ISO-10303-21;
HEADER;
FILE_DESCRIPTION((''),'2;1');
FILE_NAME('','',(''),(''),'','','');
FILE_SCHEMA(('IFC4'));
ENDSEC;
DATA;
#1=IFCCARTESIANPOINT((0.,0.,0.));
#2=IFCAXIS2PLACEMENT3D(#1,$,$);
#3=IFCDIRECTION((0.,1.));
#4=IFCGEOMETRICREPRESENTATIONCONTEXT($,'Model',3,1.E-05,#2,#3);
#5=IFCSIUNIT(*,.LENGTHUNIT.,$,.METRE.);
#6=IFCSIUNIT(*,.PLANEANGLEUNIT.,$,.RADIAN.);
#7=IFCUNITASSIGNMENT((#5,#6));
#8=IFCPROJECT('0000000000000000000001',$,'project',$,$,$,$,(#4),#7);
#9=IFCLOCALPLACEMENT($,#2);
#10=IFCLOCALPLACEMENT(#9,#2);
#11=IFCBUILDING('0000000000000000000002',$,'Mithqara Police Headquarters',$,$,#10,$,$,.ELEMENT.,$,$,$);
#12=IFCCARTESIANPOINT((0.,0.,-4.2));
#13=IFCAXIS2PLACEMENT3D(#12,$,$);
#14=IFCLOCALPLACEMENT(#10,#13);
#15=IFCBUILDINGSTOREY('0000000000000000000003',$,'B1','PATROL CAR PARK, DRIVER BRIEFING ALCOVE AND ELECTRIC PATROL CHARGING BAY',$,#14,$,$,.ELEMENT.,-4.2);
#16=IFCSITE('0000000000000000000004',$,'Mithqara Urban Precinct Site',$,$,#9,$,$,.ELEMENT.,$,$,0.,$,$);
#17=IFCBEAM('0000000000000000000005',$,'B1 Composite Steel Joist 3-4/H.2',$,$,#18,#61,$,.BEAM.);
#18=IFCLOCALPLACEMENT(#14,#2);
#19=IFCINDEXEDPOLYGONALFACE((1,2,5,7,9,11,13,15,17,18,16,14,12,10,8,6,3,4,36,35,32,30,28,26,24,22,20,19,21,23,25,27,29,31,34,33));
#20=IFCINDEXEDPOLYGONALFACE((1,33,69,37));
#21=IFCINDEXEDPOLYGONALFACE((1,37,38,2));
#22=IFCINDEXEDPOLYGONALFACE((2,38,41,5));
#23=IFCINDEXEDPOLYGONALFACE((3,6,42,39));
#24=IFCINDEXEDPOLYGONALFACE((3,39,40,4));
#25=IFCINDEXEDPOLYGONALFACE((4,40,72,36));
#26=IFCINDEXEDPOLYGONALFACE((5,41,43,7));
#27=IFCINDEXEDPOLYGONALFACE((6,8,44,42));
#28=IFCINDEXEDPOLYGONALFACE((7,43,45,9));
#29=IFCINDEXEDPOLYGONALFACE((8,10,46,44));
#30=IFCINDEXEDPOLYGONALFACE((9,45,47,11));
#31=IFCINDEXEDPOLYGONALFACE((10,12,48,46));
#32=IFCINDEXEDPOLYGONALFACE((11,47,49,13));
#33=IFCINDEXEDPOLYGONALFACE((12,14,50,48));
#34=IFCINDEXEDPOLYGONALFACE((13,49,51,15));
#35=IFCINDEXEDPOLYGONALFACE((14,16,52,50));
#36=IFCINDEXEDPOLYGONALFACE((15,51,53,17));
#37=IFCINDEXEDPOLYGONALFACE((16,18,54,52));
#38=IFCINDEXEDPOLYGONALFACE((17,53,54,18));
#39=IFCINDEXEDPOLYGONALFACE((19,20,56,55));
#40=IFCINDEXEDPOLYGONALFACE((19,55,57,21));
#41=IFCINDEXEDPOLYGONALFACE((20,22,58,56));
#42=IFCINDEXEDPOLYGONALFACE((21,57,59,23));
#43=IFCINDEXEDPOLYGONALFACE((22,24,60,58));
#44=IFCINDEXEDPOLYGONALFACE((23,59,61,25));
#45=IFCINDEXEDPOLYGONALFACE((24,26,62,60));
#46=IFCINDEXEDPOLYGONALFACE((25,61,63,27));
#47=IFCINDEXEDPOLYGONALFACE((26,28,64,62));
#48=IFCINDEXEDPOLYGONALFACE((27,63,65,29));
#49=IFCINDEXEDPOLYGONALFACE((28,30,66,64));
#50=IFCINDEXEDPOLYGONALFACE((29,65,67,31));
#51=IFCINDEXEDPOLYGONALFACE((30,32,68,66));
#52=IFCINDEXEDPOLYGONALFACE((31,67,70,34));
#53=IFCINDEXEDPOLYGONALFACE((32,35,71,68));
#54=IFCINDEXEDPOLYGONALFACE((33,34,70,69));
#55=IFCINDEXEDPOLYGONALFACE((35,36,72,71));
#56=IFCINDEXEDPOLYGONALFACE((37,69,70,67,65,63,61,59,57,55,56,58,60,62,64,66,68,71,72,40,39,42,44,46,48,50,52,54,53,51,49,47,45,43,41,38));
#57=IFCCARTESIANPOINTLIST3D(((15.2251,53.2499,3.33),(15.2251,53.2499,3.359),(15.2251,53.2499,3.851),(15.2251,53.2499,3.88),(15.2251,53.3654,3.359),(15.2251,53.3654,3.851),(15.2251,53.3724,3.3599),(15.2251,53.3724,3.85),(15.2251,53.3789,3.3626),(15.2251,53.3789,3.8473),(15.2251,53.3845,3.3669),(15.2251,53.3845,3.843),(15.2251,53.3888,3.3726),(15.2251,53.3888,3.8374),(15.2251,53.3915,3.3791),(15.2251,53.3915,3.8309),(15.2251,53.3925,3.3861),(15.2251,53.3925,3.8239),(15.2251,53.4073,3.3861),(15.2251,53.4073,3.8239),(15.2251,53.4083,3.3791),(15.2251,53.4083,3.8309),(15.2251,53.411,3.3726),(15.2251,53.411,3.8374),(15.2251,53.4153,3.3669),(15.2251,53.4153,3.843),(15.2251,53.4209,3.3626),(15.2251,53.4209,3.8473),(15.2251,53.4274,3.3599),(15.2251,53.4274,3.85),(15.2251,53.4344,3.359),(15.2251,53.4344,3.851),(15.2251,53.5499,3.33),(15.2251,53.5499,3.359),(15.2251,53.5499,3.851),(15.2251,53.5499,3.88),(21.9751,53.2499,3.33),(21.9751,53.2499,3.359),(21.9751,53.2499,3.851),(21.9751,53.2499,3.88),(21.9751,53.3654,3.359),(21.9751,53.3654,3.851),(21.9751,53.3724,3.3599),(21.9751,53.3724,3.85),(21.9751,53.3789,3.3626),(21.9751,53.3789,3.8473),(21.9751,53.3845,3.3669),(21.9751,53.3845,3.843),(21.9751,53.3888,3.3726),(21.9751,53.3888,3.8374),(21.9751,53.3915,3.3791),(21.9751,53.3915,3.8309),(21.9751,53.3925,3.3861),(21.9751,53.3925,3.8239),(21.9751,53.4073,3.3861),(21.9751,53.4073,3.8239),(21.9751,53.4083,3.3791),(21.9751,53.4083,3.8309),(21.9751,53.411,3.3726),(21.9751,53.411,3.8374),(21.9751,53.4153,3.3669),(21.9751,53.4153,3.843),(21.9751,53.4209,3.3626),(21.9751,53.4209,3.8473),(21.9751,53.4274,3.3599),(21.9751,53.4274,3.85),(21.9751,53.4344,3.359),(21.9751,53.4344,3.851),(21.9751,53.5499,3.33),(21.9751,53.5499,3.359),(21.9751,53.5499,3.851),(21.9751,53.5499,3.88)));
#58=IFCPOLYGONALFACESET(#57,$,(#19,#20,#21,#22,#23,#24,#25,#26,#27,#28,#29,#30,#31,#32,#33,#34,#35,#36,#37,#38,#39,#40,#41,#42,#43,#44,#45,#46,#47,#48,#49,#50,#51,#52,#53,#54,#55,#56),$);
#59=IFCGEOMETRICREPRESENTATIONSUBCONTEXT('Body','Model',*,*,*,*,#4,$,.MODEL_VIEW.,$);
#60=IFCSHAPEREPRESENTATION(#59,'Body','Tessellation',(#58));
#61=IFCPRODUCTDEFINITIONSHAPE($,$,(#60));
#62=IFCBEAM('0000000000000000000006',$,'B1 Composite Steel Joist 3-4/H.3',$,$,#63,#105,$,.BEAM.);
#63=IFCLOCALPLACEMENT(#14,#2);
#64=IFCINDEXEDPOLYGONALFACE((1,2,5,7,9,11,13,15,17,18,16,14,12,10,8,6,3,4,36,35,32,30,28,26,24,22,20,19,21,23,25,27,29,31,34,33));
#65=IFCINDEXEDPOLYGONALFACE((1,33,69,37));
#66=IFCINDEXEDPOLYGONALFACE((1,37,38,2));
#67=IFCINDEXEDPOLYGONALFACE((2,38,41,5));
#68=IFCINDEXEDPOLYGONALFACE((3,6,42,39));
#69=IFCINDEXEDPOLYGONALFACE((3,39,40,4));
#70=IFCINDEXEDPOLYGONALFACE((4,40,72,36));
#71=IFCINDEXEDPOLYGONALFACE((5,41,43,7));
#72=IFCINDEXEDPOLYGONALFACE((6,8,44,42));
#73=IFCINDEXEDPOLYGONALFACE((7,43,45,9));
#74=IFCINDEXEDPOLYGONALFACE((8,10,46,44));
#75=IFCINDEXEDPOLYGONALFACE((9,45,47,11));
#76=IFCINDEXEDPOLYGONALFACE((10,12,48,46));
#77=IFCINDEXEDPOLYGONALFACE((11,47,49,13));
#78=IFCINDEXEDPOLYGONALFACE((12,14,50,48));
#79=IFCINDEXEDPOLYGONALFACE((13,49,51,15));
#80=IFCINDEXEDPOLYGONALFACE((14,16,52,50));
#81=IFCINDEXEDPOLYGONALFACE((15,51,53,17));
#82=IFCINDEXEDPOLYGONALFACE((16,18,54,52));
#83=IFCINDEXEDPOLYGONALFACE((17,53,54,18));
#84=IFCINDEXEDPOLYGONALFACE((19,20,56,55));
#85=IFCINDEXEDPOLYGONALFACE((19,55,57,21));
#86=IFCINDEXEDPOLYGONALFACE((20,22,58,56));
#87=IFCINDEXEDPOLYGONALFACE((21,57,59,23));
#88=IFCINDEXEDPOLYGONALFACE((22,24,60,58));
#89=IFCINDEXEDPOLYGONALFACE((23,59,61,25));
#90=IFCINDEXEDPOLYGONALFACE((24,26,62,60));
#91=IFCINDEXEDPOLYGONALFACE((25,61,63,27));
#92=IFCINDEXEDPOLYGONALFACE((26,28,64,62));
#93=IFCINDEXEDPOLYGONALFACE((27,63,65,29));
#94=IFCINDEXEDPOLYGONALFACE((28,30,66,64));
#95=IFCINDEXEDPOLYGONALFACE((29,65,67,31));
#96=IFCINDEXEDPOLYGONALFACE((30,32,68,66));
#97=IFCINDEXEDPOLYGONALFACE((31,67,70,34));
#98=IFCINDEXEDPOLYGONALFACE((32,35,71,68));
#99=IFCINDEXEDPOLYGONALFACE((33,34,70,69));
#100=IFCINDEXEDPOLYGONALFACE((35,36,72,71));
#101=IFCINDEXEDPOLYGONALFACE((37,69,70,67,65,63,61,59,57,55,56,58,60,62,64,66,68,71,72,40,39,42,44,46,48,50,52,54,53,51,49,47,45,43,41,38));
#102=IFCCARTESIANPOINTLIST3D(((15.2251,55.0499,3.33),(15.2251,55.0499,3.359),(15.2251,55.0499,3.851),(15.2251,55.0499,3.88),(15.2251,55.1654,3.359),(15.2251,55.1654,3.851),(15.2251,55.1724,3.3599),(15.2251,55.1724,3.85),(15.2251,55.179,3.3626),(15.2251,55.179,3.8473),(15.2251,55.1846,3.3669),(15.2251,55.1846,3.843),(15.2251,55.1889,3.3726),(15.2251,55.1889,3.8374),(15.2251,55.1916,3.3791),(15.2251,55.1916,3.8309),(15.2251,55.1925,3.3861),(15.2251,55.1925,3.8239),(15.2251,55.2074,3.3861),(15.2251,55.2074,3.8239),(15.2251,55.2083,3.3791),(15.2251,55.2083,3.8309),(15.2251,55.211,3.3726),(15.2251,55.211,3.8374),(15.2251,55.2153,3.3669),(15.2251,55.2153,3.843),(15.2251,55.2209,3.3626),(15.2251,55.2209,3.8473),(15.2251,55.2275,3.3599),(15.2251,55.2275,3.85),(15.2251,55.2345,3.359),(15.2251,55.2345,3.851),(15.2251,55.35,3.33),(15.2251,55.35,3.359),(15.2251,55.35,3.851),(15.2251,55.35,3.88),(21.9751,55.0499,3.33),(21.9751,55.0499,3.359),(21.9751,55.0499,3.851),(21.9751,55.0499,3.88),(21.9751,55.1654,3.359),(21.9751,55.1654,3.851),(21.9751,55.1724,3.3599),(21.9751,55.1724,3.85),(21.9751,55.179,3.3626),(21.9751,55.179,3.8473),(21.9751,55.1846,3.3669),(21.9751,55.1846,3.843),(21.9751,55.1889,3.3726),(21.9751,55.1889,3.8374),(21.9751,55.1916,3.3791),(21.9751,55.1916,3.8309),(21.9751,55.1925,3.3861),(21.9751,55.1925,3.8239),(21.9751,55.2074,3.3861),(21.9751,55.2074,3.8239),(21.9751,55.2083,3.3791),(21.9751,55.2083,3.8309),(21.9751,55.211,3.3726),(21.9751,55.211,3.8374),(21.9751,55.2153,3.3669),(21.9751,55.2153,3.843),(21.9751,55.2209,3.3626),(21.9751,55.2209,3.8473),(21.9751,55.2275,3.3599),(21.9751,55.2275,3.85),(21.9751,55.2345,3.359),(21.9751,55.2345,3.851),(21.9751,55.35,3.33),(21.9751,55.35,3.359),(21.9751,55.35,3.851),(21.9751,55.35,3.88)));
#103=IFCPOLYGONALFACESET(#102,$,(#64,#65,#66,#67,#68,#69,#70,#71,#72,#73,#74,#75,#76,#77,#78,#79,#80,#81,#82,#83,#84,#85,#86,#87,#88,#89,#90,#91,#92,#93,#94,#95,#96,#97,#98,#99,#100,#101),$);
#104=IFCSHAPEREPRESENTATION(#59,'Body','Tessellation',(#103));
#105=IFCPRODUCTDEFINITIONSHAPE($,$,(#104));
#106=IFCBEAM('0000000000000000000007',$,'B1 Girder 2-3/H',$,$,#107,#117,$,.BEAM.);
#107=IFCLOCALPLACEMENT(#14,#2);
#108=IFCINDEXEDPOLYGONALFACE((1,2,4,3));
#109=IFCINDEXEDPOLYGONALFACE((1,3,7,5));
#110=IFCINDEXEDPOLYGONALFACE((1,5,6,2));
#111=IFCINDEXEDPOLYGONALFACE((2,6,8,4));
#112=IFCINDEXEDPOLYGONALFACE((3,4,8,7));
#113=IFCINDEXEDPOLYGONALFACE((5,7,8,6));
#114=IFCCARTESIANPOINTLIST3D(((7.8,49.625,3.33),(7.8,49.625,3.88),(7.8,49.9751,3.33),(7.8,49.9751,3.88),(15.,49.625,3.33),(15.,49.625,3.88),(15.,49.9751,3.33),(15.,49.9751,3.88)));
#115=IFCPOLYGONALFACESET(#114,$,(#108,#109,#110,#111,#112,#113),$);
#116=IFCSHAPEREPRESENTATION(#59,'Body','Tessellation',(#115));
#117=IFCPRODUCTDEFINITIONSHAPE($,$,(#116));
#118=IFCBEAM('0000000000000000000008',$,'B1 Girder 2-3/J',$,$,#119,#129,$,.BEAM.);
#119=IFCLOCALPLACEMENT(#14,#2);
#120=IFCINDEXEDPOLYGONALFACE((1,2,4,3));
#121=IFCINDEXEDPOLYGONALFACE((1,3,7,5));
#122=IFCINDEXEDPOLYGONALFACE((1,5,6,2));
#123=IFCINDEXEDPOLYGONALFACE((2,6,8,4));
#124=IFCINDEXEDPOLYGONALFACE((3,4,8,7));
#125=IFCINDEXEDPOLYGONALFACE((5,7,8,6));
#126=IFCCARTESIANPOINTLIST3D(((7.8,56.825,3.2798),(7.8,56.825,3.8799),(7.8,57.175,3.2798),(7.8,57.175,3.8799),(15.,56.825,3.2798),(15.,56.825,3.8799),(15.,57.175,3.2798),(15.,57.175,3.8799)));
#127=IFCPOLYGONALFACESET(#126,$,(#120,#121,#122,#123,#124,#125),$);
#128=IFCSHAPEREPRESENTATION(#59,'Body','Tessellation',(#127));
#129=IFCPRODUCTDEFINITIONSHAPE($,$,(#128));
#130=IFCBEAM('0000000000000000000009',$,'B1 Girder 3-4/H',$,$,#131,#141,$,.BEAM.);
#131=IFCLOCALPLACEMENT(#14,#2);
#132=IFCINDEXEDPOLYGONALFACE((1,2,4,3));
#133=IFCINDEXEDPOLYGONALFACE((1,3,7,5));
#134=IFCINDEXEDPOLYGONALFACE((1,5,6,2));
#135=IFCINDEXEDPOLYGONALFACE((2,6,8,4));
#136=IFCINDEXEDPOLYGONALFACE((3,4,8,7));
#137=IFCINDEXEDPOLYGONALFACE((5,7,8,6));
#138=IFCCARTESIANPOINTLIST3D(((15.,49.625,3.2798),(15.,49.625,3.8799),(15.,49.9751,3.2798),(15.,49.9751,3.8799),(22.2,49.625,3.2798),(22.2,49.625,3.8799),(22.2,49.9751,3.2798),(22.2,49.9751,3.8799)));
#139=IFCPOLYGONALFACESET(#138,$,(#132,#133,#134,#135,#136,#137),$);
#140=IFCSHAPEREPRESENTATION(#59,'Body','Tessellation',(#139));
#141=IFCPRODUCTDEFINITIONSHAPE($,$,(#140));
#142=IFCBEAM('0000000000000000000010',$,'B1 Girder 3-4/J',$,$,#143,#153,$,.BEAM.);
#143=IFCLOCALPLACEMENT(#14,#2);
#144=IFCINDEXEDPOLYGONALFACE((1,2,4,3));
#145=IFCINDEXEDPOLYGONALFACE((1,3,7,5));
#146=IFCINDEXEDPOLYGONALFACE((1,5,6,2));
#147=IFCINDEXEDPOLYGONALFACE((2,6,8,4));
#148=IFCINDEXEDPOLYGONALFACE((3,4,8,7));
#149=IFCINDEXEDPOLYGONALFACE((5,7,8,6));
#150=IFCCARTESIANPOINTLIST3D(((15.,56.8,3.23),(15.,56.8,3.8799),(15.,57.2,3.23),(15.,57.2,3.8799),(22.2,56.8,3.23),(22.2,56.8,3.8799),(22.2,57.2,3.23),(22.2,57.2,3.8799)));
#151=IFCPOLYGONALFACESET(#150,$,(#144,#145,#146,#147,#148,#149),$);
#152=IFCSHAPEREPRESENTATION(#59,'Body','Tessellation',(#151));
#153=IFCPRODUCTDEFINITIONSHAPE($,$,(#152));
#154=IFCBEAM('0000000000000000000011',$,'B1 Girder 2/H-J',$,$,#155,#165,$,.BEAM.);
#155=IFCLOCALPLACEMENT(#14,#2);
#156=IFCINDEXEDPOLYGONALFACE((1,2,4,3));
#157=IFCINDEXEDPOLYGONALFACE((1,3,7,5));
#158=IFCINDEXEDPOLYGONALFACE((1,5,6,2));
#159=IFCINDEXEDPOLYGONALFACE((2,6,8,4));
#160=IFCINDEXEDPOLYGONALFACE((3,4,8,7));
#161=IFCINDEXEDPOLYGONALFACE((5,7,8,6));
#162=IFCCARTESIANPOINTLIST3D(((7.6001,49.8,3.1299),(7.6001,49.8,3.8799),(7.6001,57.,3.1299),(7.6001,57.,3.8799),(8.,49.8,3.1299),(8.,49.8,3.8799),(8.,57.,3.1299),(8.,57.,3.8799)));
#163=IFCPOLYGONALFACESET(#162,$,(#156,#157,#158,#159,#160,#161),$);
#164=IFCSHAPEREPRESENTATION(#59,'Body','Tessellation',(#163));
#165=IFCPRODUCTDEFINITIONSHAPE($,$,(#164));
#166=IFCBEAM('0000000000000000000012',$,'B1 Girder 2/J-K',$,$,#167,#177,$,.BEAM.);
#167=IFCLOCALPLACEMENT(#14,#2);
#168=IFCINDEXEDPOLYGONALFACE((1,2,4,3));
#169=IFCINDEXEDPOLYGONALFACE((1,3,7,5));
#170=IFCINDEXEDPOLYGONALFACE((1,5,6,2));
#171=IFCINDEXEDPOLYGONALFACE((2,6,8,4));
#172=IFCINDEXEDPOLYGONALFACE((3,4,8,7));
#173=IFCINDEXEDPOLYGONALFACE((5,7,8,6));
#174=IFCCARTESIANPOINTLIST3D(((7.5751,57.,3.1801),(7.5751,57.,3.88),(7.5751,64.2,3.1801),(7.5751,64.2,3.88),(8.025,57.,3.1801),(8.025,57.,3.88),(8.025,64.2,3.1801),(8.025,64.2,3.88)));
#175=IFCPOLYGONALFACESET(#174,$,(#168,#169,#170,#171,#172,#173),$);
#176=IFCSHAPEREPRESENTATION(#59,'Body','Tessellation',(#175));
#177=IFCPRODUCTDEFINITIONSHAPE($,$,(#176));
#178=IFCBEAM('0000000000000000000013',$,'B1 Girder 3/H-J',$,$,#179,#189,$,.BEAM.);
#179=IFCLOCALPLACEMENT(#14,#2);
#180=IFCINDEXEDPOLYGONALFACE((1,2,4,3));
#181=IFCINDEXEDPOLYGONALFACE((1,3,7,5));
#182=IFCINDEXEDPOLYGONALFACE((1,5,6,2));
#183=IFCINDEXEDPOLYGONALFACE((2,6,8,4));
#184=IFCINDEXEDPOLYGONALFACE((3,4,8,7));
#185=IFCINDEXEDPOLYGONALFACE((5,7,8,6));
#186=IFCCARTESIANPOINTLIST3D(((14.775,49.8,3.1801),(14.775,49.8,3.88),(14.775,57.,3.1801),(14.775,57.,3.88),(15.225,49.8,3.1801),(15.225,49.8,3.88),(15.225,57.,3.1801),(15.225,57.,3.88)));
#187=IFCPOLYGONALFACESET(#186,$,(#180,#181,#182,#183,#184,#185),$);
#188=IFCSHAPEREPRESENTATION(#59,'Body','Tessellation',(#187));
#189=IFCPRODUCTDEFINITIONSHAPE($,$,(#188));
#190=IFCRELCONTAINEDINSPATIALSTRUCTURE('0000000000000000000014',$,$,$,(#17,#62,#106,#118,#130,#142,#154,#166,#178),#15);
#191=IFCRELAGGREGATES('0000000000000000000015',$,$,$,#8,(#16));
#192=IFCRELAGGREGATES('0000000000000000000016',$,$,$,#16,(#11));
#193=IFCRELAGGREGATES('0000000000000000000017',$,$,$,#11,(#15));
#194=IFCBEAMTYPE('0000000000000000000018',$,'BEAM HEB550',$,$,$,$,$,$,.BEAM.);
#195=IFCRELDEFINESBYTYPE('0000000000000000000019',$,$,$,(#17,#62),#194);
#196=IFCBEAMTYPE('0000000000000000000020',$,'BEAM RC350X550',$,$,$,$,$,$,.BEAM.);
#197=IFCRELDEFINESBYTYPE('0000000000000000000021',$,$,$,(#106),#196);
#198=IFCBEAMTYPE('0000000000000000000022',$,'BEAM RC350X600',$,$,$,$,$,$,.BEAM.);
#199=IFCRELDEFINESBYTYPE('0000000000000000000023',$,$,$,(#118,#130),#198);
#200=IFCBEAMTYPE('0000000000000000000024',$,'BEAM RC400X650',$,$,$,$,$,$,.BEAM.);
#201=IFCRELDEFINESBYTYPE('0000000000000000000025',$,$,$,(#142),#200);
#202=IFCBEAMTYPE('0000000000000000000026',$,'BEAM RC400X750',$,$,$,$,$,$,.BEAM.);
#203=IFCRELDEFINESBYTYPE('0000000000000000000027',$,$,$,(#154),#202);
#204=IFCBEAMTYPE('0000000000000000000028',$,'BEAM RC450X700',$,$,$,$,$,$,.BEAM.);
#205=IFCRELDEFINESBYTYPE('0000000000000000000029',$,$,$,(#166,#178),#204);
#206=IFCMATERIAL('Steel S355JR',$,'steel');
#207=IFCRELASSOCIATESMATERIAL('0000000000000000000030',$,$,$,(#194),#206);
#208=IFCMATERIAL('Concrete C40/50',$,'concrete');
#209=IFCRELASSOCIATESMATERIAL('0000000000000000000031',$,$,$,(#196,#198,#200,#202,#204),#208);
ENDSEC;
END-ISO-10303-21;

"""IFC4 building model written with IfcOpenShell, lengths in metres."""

from ifc_helpers import new_model, si_unit, direction, frame, origin, origin_2d, place, context, subcontext, project, spatial, rectangle, i_section, extrude, material, material_profile, profile_set, type_object, element, save


model = new_model("IFC4")

# Units and contexts
model_context = context("Model", 3, precision=1e-05, world=origin(), true_north=direction((0.0, 1.0)))
body_context = subcontext(model_context, "Body", "Model", "MODEL_VIEW")
ifc_project = project(units=[si_unit("LENGTHUNIT", "METRE"), si_unit("PLANEANGLEUNIT", "RADIAN")], contexts=[model_context])

# Site, building, storey
site_placement = place(None, origin())
site = spatial("IfcSite", under=ifc_project, at=site_placement, Name="Mithqara Urban Precinct Site", CompositionType="ELEMENT", RefElevation=0.0)
building_placement = place(site_placement, origin())
building = spatial("IfcBuilding", under=site, at=building_placement, Name="Mithqara Police Headquarters", CompositionType="ELEMENT")
storey_placement = place(building_placement, frame((0.0, 0.0, -4.2)))
storey = spatial("IfcBuildingStorey", under=building, at=storey_placement, Name="B1", Description="PATROL CAR PARK, DRIVER BRIEFING ALCOVE AND ELECTRIC PATROL CHARGING BAY", CompositionType="ELEMENT", Elevation=-4.2)

# Shared definitions
ifc_material_1 = material(Name="Concrete C40/50", Category="concrete")

# Beams
ifc_material_2 = material(Name="Steel S355JR", Category="steel")
ifc_material_profile_1 = material_profile(ifc_material_2, i_section(OverallWidth=0.3, OverallDepth=0.55, WebThickness=0.0149, FlangeThickness=0.0291, FilletRadius=0.0271, at=origin_2d()), Name="HEB 550")
ifc_profile_set_1 = profile_set([ifc_material_profile_1], Name="Steel S355JR")
beam_type_1 = type_object("IfcBeamType", Name="BEAM HEB550", PredefinedType="BEAM", material=ifc_profile_set_1)
for number, where, z_axis, x_axis, name in (
    (1, (15.2251, 53.3999, 3.605), (1.0, 0.0, 0.0), (0.0, 1.0, 0.0), "B1 Composite Steel Joist 3-4/H.2"),
    (2, (15.2251, 55.2, 3.605), (1.0, 0.0, 0.0), (0.0, 1.0, 0.0), "B1 Composite Steel Joist 3-4/H.3"),
):
    element("IfcBeam", number, at=place(storey_placement, frame(where, z_axis=z_axis, x_axis=x_axis)), inside=storey, type_object=beam_type_1, Name=name, PredefinedType="BEAM", context=body_context, shape_type="SweptSolid", body=[
        extrude(i_section(OverallWidth=0.3, OverallDepth=0.55, WebThickness=0.0149, FlangeThickness=0.0291, FilletRadius=0.0271, at=origin_2d()), origin(), (0.0, 0.0, 1.0), 6.75),
    ])
ifc_material_profile_2 = material_profile(ifc_material_1, rectangle(XDim=0.3501, YDim=0.55, at=origin_2d()), Name="RC 350x550")
ifc_profile_set_2 = profile_set([ifc_material_profile_2], Name="Concrete C40/50")
beam_type_2 = type_object("IfcBeamType", Name="BEAM RC350X550", PredefinedType="BEAM", material=ifc_profile_set_2)
beam_1_placement = place(storey_placement, frame((7.8, 49.8, 3.605), z_axis=(1.0, 0.0, 0.0), x_axis=(0.0, 1.0, 0.0)))
element("IfcBeam", 3, at=beam_1_placement, inside=storey, type_object=beam_type_2, Name="B1 Girder 2-3/H", PredefinedType="BEAM", context=body_context, shape_type="SweptSolid", body=[
    extrude(rectangle(XDim=0.3501, YDim=0.55, at=origin_2d()), origin(), (0.0, 0.0, 1.0), 7.2),
])
ifc_material_profile_3 = material_profile(ifc_material_1, rectangle(XDim=0.3501, YDim=0.6001, at=origin_2d()), Name="RC 350x600")
ifc_profile_set_3 = profile_set([ifc_material_profile_3], Name="Concrete C40/50")
beam_type_3 = type_object("IfcBeamType", Name="BEAM RC350X600", PredefinedType="BEAM", material=ifc_profile_set_3)
for number, where, z_axis, x_axis, name in (
    (4, (7.8, 57.0, 3.5798), (1.0, 0.0, 0.0), (0.0, 1.0, 0.0), "B1 Girder 2-3/J"),
    (5, (15.0, 49.8, 3.5798), (1.0, 0.0, 0.0), (0.0, 1.0, 0.0), "B1 Girder 3-4/H"),
):
    element("IfcBeam", number, at=place(storey_placement, frame(where, z_axis=z_axis, x_axis=x_axis)), inside=storey, type_object=beam_type_3, Name=name, PredefinedType="BEAM", context=body_context, shape_type="SweptSolid", body=[
        extrude(rectangle(XDim=0.3501, YDim=0.6001, at=origin_2d()), origin(), (0.0, 0.0, 1.0), 7.2),
    ])
ifc_material_profile_4 = material_profile(ifc_material_1, rectangle(XDim=0.3999, YDim=0.6499, at=origin_2d()), Name="RC 400x650")
ifc_profile_set_4 = profile_set([ifc_material_profile_4], Name="Concrete C40/50")
beam_type_4 = type_object("IfcBeamType", Name="BEAM RC400X650", PredefinedType="BEAM", material=ifc_profile_set_4)
beam_2_placement = place(storey_placement, frame((15.0, 57.0, 3.5549), z_axis=(1.0, 0.0, 0.0), x_axis=(0.0, 1.0, 0.0)))
element("IfcBeam", 6, at=beam_2_placement, inside=storey, type_object=beam_type_4, Name="B1 Girder 3-4/J", PredefinedType="BEAM", context=body_context, shape_type="SweptSolid", body=[
    extrude(rectangle(XDim=0.3999, YDim=0.6499, at=origin_2d()), origin(), (0.0, 0.0, 1.0), 7.2),
])
ifc_material_profile_5 = material_profile(ifc_material_1, rectangle(XDim=0.3999, YDim=0.75, at=origin_2d()), Name="RC 400x750")
ifc_profile_set_5 = profile_set([ifc_material_profile_5], Name="Concrete C40/50")
beam_type_5 = type_object("IfcBeamType", Name="BEAM RC400X750", PredefinedType="BEAM", material=ifc_profile_set_5)
beam_3_placement = place(storey_placement, frame((7.8, 49.8, 3.5049), z_axis=(0.0, 1.0, 0.0), x_axis=(-1.0, 0.0, 0.0)))
element("IfcBeam", 7, at=beam_3_placement, inside=storey, type_object=beam_type_5, Name="B1 Girder 2/H-J", PredefinedType="BEAM", context=body_context, shape_type="SweptSolid", body=[
    extrude(rectangle(XDim=0.3999, YDim=0.75, at=origin_2d()), origin(), (0.0, 0.0, 1.0), 7.2),
])
ifc_material_profile_6 = material_profile(ifc_material_1, rectangle(XDim=0.45, YDim=0.7, at=origin_2d()), Name="RC 450x700")
ifc_profile_set_6 = profile_set([ifc_material_profile_6], Name="Concrete C40/50")
beam_type_6 = type_object("IfcBeamType", Name="BEAM RC450X700", PredefinedType="BEAM", material=ifc_profile_set_6)
for number, where, z_axis, x_axis, name in (
    (8, (7.8, 57.0, 3.53), (0.0, 1.0, 0.0), (-1.0, 0.0, 0.0), "B1 Girder 2/J-K"),
    (9, (15.0, 49.8, 3.53), (0.0, 1.0, 0.0), (-1.0, 0.0, 0.0), "B1 Girder 3/H-J"),
):
    element("IfcBeam", number, at=place(storey_placement, frame(where, z_axis=z_axis, x_axis=x_axis)), inside=storey, type_object=beam_type_6, Name=name, PredefinedType="BEAM", context=body_context, shape_type="SweptSolid", body=[
        extrude(rectangle(XDim=0.45, YDim=0.7, at=origin_2d()), origin(), (0.0, 0.0, 1.0), 7.2),
    ])

save(model, "model.ifc")
